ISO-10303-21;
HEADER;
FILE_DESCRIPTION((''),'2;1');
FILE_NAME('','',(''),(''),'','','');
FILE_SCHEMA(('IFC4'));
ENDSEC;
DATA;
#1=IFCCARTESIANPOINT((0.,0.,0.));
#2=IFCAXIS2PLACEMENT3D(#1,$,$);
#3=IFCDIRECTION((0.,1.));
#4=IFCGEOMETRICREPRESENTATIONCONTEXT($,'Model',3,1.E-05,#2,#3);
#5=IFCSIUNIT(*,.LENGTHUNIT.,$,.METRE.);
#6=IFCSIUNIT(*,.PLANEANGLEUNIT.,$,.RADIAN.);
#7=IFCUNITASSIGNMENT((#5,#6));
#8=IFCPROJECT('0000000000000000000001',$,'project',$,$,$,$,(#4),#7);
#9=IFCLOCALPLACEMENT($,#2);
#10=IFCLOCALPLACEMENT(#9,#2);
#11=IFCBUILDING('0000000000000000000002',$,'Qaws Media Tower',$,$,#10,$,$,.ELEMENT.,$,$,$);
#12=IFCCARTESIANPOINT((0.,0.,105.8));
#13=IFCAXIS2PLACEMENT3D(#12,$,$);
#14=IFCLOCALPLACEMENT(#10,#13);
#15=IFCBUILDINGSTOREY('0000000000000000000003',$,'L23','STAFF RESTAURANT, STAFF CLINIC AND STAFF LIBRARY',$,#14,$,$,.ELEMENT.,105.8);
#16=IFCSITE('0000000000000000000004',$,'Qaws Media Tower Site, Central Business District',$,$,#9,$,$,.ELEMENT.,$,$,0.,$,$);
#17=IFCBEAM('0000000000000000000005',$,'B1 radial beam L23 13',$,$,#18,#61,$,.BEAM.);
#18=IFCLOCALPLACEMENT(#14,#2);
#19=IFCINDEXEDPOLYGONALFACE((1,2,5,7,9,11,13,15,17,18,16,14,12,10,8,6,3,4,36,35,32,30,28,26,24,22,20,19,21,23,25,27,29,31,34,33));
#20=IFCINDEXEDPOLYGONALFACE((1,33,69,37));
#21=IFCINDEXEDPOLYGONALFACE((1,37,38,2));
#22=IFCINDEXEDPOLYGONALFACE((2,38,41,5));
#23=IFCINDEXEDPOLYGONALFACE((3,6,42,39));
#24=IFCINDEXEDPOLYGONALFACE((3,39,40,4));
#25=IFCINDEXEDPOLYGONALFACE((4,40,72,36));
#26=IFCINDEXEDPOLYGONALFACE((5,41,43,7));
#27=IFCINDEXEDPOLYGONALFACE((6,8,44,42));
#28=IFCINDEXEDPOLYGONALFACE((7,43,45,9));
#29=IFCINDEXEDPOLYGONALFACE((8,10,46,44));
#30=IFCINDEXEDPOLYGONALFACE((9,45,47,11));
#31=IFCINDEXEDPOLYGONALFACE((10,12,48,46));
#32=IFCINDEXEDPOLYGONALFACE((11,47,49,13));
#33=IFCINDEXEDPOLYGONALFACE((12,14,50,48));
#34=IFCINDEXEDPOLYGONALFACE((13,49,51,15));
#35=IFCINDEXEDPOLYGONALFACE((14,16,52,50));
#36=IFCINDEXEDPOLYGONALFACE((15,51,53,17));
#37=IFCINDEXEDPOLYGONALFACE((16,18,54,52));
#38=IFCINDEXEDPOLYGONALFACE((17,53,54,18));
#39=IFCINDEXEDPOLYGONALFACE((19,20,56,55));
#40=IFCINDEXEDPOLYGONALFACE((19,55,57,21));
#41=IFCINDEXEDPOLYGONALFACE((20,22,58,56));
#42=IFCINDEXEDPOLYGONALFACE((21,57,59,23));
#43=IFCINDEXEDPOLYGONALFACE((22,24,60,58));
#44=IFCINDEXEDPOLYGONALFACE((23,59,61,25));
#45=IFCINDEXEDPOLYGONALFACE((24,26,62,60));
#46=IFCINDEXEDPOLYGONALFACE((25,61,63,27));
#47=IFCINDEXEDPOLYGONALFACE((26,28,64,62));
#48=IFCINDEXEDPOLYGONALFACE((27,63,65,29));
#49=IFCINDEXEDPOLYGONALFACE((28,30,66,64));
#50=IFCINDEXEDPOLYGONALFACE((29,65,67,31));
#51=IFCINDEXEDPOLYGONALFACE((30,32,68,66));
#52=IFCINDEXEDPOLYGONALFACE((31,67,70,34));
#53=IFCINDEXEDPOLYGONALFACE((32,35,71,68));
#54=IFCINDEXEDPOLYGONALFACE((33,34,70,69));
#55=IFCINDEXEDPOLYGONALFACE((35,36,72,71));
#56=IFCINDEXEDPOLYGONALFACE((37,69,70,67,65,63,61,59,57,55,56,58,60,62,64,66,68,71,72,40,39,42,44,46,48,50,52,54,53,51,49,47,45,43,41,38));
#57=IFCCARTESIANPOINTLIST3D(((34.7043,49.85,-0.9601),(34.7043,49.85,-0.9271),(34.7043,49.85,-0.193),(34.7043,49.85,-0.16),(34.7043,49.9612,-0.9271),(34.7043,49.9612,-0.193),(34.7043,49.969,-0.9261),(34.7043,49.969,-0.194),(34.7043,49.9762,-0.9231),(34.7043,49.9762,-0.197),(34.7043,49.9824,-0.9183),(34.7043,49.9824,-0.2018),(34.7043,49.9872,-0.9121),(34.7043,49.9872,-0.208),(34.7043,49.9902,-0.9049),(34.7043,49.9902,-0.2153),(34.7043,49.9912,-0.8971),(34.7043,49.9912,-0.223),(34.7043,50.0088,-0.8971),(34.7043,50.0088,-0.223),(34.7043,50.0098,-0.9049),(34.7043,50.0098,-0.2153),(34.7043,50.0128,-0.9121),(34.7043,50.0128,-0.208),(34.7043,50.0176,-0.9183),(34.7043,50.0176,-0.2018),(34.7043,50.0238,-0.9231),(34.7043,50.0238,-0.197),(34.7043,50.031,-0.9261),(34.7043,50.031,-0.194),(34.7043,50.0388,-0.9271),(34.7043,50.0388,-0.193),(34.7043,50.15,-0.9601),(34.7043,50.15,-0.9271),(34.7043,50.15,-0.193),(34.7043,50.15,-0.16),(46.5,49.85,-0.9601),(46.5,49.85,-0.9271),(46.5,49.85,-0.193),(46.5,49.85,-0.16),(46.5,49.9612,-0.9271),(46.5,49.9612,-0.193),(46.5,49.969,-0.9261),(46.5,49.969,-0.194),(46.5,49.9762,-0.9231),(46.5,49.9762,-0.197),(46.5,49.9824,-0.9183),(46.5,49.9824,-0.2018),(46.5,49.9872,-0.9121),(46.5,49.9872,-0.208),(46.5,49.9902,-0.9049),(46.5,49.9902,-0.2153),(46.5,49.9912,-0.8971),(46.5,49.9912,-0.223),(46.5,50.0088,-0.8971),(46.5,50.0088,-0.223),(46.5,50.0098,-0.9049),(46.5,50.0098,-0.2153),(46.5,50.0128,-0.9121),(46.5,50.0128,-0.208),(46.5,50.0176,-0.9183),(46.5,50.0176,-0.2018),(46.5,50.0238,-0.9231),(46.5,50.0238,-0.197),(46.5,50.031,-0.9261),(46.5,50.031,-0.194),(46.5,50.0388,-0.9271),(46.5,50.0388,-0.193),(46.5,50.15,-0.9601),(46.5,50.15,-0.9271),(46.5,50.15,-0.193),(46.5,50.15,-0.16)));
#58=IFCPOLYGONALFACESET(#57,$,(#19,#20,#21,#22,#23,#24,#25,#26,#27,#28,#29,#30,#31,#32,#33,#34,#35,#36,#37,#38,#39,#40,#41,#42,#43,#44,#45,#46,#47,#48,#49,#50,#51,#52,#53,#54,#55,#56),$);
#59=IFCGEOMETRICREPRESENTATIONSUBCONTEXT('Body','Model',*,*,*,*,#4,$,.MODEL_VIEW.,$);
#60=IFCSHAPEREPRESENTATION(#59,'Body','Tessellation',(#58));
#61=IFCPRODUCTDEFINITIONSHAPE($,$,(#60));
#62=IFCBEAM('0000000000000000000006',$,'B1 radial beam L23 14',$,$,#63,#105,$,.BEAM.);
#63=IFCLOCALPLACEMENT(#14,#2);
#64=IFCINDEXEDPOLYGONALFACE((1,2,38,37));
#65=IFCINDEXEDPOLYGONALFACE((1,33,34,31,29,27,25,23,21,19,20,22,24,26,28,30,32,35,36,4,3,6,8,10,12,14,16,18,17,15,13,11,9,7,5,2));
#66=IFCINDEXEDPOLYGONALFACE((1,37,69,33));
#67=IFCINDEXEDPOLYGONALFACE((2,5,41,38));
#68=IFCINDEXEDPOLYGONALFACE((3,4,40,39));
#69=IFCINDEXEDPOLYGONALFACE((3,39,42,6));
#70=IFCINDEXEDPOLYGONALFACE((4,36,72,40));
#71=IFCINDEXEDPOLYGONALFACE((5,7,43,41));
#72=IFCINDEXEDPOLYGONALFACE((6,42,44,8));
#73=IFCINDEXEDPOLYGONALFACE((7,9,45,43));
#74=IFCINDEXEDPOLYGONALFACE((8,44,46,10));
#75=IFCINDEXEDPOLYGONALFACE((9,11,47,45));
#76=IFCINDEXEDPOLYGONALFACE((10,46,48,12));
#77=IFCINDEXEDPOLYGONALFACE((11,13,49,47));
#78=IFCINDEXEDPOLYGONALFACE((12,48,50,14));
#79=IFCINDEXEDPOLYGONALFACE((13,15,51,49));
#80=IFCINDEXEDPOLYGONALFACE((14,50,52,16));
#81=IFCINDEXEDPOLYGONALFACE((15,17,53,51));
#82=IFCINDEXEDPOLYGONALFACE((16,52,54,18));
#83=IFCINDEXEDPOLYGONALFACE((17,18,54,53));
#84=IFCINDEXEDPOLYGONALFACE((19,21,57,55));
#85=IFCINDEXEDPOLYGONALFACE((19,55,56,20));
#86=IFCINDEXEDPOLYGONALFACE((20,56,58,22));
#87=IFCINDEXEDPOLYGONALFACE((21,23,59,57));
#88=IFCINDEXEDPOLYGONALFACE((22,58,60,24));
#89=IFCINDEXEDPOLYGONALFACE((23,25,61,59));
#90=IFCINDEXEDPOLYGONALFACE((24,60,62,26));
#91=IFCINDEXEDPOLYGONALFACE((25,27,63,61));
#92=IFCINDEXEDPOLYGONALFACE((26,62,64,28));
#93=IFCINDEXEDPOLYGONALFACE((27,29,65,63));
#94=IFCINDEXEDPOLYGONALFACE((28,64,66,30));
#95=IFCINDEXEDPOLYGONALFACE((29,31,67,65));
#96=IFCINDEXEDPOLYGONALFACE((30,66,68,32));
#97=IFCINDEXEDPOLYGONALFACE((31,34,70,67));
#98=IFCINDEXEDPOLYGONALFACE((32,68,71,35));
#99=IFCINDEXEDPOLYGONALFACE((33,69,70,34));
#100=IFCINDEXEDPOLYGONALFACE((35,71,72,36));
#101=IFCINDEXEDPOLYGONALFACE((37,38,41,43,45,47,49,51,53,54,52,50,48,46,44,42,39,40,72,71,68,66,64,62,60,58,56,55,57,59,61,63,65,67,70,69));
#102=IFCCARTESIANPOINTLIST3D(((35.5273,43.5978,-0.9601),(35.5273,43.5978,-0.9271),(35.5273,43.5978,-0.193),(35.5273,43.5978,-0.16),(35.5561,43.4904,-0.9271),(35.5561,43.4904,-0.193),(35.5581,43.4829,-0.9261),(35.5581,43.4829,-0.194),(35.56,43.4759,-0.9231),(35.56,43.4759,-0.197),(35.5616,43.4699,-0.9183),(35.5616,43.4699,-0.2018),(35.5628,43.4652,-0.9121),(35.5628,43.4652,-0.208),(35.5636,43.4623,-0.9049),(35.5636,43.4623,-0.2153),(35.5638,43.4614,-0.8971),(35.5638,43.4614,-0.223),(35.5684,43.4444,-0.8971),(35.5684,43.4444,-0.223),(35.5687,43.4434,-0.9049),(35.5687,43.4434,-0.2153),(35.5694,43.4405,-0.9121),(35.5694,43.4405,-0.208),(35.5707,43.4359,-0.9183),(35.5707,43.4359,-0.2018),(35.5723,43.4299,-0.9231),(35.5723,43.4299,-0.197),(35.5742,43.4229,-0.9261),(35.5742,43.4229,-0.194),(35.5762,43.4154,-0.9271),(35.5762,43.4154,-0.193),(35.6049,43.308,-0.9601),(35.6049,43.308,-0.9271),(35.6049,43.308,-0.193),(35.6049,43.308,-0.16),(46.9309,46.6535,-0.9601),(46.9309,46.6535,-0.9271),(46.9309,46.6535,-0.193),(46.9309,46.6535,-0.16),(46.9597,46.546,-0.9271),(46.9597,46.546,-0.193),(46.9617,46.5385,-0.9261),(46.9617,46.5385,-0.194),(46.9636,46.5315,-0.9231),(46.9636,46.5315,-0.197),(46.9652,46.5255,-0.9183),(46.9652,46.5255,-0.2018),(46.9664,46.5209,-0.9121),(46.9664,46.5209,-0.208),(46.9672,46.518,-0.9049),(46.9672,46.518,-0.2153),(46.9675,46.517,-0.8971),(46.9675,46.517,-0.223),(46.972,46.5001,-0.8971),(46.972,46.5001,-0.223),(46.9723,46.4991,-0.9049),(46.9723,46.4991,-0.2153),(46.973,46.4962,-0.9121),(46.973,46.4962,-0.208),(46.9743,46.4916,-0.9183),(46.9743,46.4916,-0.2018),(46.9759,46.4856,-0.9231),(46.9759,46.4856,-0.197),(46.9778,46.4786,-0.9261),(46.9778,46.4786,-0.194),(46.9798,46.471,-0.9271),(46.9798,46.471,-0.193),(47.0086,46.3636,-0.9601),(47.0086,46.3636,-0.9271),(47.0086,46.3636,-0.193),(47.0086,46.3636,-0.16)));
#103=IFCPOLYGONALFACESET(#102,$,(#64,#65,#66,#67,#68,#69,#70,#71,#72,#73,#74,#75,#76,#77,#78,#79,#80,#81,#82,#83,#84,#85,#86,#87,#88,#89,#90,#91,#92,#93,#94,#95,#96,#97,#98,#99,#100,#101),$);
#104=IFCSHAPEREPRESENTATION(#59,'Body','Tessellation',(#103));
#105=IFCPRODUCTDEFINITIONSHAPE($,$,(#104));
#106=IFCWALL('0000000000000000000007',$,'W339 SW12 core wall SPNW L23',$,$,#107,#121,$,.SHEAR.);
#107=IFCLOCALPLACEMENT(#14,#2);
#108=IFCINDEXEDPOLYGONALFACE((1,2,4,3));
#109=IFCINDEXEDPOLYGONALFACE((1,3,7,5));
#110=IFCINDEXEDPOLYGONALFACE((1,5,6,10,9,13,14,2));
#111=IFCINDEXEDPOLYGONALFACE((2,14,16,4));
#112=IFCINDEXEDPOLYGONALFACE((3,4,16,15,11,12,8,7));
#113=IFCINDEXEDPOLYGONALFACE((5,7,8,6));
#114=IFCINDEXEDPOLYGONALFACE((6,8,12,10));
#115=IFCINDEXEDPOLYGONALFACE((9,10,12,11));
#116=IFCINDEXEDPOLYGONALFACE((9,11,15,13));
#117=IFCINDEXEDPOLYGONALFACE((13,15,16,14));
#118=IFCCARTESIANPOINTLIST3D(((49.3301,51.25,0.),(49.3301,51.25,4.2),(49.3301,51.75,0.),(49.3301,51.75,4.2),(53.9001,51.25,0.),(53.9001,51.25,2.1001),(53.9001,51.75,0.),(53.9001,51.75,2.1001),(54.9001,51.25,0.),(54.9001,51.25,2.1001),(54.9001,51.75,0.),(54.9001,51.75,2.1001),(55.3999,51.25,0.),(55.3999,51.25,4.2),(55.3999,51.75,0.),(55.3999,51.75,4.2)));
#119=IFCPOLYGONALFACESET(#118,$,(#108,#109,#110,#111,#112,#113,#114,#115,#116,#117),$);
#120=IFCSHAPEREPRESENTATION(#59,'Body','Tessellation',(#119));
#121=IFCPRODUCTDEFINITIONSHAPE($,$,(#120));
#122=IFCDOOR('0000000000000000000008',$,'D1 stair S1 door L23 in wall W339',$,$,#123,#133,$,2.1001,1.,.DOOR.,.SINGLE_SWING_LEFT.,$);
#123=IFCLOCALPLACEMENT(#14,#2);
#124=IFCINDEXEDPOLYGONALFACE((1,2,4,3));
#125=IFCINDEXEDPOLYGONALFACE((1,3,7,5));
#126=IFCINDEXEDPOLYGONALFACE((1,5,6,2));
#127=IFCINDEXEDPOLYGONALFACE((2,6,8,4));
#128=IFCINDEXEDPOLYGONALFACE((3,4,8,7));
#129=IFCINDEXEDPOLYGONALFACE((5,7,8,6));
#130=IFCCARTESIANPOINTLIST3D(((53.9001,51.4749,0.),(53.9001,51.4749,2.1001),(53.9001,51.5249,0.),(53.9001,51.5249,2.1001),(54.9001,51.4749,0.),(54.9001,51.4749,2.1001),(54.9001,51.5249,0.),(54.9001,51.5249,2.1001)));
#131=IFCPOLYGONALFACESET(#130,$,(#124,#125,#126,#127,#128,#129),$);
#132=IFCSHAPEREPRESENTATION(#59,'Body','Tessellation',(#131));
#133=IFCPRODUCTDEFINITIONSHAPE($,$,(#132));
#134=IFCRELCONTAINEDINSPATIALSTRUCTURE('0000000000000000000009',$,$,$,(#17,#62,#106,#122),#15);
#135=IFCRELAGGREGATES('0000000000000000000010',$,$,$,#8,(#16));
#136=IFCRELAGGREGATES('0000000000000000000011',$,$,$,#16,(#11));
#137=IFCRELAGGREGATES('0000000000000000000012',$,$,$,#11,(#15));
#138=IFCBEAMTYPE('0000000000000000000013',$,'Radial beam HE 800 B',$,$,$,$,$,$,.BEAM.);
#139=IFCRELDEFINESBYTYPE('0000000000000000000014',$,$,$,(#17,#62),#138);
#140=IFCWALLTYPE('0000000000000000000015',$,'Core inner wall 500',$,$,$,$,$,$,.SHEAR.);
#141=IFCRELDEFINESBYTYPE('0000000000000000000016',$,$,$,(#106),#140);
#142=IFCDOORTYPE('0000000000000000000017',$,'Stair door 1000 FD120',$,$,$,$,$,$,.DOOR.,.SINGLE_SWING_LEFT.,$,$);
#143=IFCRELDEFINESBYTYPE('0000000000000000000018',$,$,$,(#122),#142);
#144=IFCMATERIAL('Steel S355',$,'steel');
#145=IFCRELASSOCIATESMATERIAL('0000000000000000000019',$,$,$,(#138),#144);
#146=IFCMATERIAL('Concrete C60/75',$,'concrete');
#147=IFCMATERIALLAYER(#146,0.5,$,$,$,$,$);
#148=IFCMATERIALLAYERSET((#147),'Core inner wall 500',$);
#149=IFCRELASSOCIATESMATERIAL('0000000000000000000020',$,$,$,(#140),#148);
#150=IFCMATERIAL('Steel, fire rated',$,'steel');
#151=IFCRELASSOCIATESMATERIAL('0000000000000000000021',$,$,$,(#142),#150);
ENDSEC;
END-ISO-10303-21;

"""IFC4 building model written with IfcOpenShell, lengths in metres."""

from ifc_helpers import new_model, si_unit, direction, frame, frame_2d, origin, origin_2d, place, context, subcontext, project, spatial, rectangle, i_section, extrude, material, layer, layer_set, material_profile, profile_set, type_object, element, fill, save


model = new_model("IFC4")

# Units and contexts
model_context = context("Model", 3, precision=1e-05, world=origin(), true_north=direction((0.0, 1.0)))
body_context = subcontext(model_context, "Body", "Model", "MODEL_VIEW")
ifc_project = project(units=[si_unit("LENGTHUNIT", "METRE"), si_unit("PLANEANGLEUNIT", "RADIAN")], contexts=[model_context])

# Site, building, storey
site_placement = place(None, origin())
site = spatial("IfcSite", under=ifc_project, at=site_placement, Name="Qaws Media Tower Site, Central Business District", CompositionType="ELEMENT", RefElevation=0.0)
building_placement = place(site_placement, origin())
building = spatial("IfcBuilding", under=site, at=building_placement, Name="Qaws Media Tower", CompositionType="ELEMENT")
storey_placement = place(building_placement, frame((0.0, 0.0, 105.8)))
storey = spatial("IfcBuildingStorey", under=building, at=storey_placement, Name="L23", Description="STAFF RESTAURANT, STAFF CLINIC AND STAFF LIBRARY", CompositionType="ELEMENT", Elevation=105.8)

# Beams
ifc_material_1 = material(Name="Steel S355", Category="steel")
ifc_material_profile_1 = material_profile(ifc_material_1, i_section(OverallWidth=0.3, OverallDepth=0.8, WebThickness=0.0176, FlangeThickness=0.033, FilletRadius=0.03, at=origin_2d()), Name="HE 800 B")
ifc_profile_set_1 = profile_set([ifc_material_profile_1], Name="Steel S355")
beam_type_1 = type_object("IfcBeamType", Name="Radial beam HE 800 B", PredefinedType="BEAM", material=ifc_profile_set_1)
beam_1_placement = place(storey_placement, frame((46.5, 50.0, -0.5601), z_axis=(-1.0, 0.0, 0.0), x_axis=(0.0, -1.0, 0.0)))
element("IfcBeam", 1, at=beam_1_placement, inside=storey, type_object=beam_type_1, Name="B1 radial beam L23 13", PredefinedType="BEAM", context=body_context, shape_type="SweptSolid", body=[
    extrude(i_section(OverallWidth=0.3, OverallDepth=0.8, WebThickness=0.0176, FlangeThickness=0.033, FilletRadius=0.03, at=origin_2d()), origin(), (0.0, 0.0, 1.0), 11.7957),
])
beam_2_placement = place(storey_placement, frame((46.9697, 46.5085, -0.5601), z_axis=(-0.965924, -0.258826, 0.0), x_axis=(0.258826, -0.965924, 0.0)))
element("IfcBeam", 2, at=beam_2_placement, inside=storey, type_object=beam_type_1, Name="B1 radial beam L23 14", PredefinedType="BEAM", context=body_context, shape_type="SweptSolid", body=[
    extrude(i_section(OverallWidth=0.3, OverallDepth=0.8, WebThickness=0.0176, FlangeThickness=0.033, FilletRadius=0.03, at=origin_2d()), origin(), (0.0, 0.0, 1.0), 11.8059),
])

# Wall, opening, door
ifc_material_2 = material(Name="Concrete C60/75", Category="concrete")
ifc_layer_1 = layer(ifc_material_2, 0.5)
ifc_layer_set_1 = layer_set([ifc_layer_1], Name="Core inner wall 500")
wall_type_1 = type_object("IfcWallType", Name="Core inner wall 500", PredefinedType="SHEAR", material=ifc_layer_set_1)
wall_1_placement = place(storey_placement, frame((49.3301, 51.5, 0.0), z_axis=(0.0, 0.0, 1.0), x_axis=(1.0, 0.0, 0.0)))
wall_1 = element("IfcWall", 3, at=wall_1_placement, inside=storey, type_object=wall_type_1, Name="W339 SW12 core wall SPNW L23", PredefinedType="SHEAR", context=body_context, shape_type="SweptSolid", body=[
    extrude(rectangle(XDim=6.0698, YDim=0.5, at=frame_2d((3.0349, 0.0))), origin(), (0.0, 0.0, 1.0), 4.2),
])
opening_1_placement = place(wall_1_placement, frame((4.5701, 0.0, 0.0)))
opening_1 = element("IfcOpeningElement", 4, at=opening_1_placement, cuts=wall_1, PredefinedType="OPENING", context=body_context, shape_type="SweptSolid", body=[
    extrude(rectangle(XDim=1.0, YDim=2.1001, at=frame_2d((0.5, 1.05))), frame((0.0, 0.26, 0.0), z_axis=(0.0, -1.0, 0.0), x_axis=(1.0, 0.0, 0.0)), (0.0, 0.0, 1.0), 0.52),
])
ifc_material_3 = material(Name="Steel, fire rated", Category="steel")
door_type_1 = type_object("IfcDoorType", Name="Stair door 1000 FD120", OperationType="SINGLE_SWING_LEFT", PredefinedType="DOOR", material=ifc_material_3)
door_1_placement = place(opening_1_placement, origin())
door_1 = element("IfcDoor", 5, at=door_1_placement, inside=storey, type_object=door_type_1, Name="D1 stair S1 door L23 in wall W339", OperationType="SINGLE_SWING_LEFT", OverallHeight=2.1001, OverallWidth=1.0, PredefinedType="DOOR", context=body_context, shape_type="SweptSolid", body=[
    extrude(rectangle(XDim=1.0, YDim=2.1001, at=frame_2d((0.5, 1.05))), frame((0.0, 0.0249, 0.0), z_axis=(0.0, -1.0, 0.0), x_axis=(1.0, 0.0, 0.0)), (0.0, 0.0, 1.0), 0.05),
])
fill(opening_1, door_1)

save(model, "model.ifc")
